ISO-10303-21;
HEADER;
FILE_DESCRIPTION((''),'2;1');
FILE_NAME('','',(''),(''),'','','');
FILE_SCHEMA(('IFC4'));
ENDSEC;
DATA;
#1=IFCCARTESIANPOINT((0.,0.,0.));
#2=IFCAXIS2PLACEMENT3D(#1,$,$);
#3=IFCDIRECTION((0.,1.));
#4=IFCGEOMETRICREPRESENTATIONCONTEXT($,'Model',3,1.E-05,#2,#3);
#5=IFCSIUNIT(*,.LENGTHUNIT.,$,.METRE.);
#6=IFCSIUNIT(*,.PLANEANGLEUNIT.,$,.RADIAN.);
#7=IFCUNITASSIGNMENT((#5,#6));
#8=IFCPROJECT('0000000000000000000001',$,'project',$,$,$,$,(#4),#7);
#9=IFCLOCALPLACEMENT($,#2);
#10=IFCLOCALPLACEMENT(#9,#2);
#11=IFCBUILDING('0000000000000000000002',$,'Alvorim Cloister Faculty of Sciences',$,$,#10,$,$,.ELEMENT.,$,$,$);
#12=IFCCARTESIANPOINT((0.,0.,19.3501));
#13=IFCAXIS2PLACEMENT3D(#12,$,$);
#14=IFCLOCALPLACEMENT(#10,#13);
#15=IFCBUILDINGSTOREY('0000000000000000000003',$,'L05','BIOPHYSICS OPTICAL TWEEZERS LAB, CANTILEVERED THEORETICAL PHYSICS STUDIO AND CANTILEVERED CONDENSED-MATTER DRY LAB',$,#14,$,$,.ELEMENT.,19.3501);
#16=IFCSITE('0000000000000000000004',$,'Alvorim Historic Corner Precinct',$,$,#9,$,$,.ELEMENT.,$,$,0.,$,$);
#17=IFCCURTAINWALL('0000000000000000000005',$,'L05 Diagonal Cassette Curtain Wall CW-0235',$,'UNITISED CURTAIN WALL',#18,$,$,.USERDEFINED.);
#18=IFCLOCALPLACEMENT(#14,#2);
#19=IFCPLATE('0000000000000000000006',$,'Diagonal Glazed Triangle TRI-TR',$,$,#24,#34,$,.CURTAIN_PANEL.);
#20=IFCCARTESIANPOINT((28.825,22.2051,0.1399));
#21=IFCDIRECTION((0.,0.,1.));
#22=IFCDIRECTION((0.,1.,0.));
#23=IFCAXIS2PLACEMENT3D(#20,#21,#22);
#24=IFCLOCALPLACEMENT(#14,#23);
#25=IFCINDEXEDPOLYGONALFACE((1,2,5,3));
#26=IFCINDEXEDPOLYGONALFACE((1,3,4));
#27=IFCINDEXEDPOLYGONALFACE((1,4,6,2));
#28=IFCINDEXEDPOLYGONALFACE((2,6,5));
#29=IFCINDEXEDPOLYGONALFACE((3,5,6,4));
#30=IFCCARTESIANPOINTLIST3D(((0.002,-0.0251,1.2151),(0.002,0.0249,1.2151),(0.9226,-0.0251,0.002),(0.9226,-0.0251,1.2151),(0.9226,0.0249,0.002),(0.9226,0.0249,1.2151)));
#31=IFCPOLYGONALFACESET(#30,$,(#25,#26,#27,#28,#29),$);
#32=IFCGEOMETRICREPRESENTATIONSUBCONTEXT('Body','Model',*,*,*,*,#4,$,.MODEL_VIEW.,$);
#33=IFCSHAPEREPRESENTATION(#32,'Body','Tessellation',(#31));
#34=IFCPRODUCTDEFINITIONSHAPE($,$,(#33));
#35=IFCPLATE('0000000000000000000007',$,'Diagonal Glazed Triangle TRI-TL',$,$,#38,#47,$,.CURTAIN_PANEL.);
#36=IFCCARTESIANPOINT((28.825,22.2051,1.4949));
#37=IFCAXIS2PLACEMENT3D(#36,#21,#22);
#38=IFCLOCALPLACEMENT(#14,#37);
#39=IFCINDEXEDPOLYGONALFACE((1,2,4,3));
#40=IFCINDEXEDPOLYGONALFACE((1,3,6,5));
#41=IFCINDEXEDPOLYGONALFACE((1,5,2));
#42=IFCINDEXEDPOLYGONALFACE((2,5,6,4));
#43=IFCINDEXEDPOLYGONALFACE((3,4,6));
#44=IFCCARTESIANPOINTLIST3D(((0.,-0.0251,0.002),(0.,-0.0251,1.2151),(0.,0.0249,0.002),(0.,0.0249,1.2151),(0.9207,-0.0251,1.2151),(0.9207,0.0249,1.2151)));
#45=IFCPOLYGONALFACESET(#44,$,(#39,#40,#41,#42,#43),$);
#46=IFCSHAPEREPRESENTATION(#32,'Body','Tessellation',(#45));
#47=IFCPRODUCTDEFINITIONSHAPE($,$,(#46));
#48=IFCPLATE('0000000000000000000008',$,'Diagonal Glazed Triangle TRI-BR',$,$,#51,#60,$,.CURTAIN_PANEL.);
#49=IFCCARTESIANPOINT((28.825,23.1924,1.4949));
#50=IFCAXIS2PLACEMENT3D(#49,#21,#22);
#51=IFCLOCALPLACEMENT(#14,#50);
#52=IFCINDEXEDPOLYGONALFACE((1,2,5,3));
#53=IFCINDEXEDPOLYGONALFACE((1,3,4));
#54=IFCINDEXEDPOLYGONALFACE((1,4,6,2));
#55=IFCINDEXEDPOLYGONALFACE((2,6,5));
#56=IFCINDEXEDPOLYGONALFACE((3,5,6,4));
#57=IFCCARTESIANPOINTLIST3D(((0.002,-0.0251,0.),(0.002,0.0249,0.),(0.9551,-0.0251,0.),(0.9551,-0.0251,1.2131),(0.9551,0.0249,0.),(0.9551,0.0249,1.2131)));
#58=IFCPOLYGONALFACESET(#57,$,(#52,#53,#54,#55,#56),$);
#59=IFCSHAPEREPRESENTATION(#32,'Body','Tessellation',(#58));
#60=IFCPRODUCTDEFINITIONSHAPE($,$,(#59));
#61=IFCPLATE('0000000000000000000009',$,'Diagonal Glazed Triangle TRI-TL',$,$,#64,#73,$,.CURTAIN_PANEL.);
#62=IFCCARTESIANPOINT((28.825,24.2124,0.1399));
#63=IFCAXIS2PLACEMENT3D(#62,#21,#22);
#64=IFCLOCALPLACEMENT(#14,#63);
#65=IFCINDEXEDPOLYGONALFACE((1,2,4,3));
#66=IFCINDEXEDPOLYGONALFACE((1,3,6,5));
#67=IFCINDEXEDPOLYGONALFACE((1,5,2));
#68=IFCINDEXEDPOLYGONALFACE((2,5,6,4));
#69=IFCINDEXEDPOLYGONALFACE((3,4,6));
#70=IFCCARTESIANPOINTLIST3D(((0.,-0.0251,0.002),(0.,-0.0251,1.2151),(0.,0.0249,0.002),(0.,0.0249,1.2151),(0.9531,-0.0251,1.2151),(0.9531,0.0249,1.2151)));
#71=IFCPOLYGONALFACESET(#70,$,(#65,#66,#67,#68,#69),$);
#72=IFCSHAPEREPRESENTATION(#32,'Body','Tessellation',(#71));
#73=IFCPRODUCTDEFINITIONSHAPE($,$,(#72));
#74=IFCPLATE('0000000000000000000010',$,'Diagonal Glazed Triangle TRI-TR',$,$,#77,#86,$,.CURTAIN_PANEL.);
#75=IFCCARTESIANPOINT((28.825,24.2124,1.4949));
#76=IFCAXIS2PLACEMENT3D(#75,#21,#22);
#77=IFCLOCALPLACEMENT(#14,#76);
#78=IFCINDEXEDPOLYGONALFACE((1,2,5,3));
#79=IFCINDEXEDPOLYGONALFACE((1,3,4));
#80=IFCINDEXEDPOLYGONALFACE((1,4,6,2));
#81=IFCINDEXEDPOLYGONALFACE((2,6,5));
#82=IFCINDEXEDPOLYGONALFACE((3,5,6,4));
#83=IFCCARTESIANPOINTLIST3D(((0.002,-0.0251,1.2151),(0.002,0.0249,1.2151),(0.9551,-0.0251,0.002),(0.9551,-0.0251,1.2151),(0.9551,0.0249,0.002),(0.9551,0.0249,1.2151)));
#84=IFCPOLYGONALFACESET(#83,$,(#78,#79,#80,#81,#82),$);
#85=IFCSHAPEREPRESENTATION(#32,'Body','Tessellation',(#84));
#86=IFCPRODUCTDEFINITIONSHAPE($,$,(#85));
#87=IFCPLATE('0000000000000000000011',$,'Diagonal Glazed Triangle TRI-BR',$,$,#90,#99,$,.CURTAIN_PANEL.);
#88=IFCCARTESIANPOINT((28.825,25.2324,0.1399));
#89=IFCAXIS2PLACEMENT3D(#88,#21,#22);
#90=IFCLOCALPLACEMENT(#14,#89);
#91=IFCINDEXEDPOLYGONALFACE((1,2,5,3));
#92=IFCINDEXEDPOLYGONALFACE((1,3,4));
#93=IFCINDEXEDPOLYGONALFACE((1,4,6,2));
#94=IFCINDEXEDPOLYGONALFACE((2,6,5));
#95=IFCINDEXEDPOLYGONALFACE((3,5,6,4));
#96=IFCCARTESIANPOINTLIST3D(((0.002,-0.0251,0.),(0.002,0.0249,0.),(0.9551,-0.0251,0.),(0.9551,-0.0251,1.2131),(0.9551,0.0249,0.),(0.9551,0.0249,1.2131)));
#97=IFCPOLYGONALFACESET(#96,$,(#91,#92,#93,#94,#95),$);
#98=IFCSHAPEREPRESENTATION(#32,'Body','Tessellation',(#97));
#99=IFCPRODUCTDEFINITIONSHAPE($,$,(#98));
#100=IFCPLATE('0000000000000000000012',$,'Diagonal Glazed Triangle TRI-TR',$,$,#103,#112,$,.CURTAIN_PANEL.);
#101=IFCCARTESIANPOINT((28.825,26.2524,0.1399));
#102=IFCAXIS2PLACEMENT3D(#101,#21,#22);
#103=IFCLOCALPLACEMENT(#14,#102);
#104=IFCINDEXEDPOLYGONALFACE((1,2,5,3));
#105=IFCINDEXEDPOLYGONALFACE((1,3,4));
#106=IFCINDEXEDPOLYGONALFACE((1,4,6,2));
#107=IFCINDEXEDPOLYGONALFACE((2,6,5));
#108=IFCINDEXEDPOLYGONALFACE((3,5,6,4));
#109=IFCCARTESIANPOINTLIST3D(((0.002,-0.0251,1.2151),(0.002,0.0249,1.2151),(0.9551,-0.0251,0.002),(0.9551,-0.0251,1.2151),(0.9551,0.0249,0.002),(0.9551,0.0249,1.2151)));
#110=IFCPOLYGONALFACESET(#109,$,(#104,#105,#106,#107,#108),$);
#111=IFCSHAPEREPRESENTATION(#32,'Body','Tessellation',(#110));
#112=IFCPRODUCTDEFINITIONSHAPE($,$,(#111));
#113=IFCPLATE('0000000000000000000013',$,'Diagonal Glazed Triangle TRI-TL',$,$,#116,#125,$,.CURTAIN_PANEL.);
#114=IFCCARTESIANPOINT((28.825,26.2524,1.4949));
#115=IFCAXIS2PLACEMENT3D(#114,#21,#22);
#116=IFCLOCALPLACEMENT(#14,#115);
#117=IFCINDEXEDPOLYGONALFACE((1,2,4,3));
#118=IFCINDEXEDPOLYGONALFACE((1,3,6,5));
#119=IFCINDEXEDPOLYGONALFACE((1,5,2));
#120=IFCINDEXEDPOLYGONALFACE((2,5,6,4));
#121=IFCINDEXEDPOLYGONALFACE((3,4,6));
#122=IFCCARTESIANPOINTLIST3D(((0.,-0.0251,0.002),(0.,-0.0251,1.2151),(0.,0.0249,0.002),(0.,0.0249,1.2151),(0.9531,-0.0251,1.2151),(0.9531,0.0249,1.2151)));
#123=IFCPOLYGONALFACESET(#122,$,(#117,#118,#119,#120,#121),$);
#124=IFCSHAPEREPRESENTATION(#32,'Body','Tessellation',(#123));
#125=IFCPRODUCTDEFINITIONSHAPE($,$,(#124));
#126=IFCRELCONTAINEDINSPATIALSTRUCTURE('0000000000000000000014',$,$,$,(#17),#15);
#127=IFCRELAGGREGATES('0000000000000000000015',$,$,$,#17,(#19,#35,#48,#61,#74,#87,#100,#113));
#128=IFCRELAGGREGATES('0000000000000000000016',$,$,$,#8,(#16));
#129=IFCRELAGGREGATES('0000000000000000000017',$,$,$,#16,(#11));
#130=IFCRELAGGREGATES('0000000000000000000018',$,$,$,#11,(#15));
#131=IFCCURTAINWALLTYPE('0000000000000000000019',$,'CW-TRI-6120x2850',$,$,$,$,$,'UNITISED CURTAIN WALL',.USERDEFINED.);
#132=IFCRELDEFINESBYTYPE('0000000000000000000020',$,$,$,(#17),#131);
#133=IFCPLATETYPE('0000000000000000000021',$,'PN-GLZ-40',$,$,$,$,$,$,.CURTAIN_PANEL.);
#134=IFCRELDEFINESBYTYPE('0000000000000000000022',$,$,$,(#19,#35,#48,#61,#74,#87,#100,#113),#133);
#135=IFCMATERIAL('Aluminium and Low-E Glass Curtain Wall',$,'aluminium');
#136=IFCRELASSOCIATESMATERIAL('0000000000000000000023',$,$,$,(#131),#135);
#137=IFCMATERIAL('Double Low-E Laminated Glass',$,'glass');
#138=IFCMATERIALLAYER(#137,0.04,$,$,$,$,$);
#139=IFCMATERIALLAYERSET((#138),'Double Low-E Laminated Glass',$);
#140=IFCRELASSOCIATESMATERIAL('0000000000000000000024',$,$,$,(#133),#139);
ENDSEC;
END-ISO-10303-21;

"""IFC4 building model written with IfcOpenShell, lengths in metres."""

from ifc_helpers import new_model, si_unit, direction, frame, origin, place, context, subcontext, project, spatial, polyline, outline, extrude, material, layer, layer_set, type_object, element, aggregate, save


model = new_model("IFC4")

# Units and contexts
model_context = context("Model", 3, precision=1e-05, world=origin(), true_north=direction((0.0, 1.0)))
body_context = subcontext(model_context, "Body", "Model", "MODEL_VIEW")
ifc_project = project(units=[si_unit("LENGTHUNIT", "METRE"), si_unit("PLANEANGLEUNIT", "RADIAN")], contexts=[model_context])

# Site, building, storey
site_placement = place(None, origin())
site = spatial("IfcSite", under=ifc_project, at=site_placement, Name="Alvorim Historic Corner Precinct", CompositionType="ELEMENT", RefElevation=0.0)
building_placement = place(site_placement, origin())
building = spatial("IfcBuilding", under=site, at=building_placement, Name="Alvorim Cloister Faculty of Sciences", CompositionType="ELEMENT")
storey_placement = place(building_placement, frame((0.0, 0.0, 19.3501)))
storey = spatial("IfcBuildingStorey", under=building, at=storey_placement, Name="L05", Description="BIOPHYSICS OPTICAL TWEEZERS LAB, CANTILEVERED THEORETICAL PHYSICS STUDIO AND CANTILEVERED CONDENSED-MATTER DRY LAB", CompositionType="ELEMENT", Elevation=19.3501)

# Curtain wall, plates
ifc_material_1 = material(Name="Aluminium and Low-E Glass Curtain Wall", Category="aluminium")
curtain_wall_type = type_object("IfcCurtainWallType", Name="CW-TRI-6120x2850", ElementType="UNITISED CURTAIN WALL", PredefinedType="USERDEFINED", material=ifc_material_1)
curtain_wall_placement = place(storey_placement, origin())
curtain_wall = element("IfcCurtainWall", 1, at=curtain_wall_placement, inside=storey, type_object=curtain_wall_type, Name="L05 Diagonal Cassette Curtain Wall CW-0235", ObjectType="UNITISED CURTAIN WALL", PredefinedType="USERDEFINED")
ifc_material_2 = material(Name="Double Low-E Laminated Glass", Category="glass")
ifc_layer = layer(ifc_material_2, 0.04)
ifc_layer_set = layer_set([ifc_layer], Name="Double Low-E Laminated Glass")
plate_type = type_object("IfcPlateType", Name="PN-GLZ-40", PredefinedType="CURTAIN_PANEL", material=ifc_layer_set)
plate_1_placement = place(storey_placement, frame((28.825, 22.2051, 0.1399), z_axis=(0.0, 0.0, 1.0), x_axis=(0.0, 1.0, 0.0)))
plate_1 = element("IfcPlate", 2, at=plate_1_placement, type_object=plate_type, Name="Diagonal Glazed Triangle TRI-TR", PredefinedType="CURTAIN_PANEL", context=body_context, shape_type="SweptSolid", body=[
    extrude(outline(polyline([(0.9226, 0.002), (0.9226, 1.2151), (0.002, 1.2151), (0.9226, 0.002)])), frame((0.0, 0.0249, 0.0), z_axis=(0.0, -1.0, 0.0), x_axis=(1.0, 0.0, 0.0)), (0.0, 0.0, 1.0), 0.05),
])
plate_2_placement = place(storey_placement, frame((28.825, 22.2051, 1.4949), z_axis=(0.0, 0.0, 1.0), x_axis=(0.0, 1.0, 0.0)))
plate_2 = element("IfcPlate", 3, at=plate_2_placement, type_object=plate_type, Name="Diagonal Glazed Triangle TRI-TL", PredefinedType="CURTAIN_PANEL", context=body_context, shape_type="SweptSolid", body=[
    extrude(outline(polyline([(0.9207, 1.2151), (0.0, 1.2151), (0.0, 0.002), (0.9207, 1.2151)])), frame((0.0, 0.0249, 0.0), z_axis=(0.0, -1.0, 0.0), x_axis=(1.0, 0.0, 0.0)), (0.0, 0.0, 1.0), 0.05),
])
plate_3_placement = place(storey_placement, frame((28.825, 23.1924, 1.4949), z_axis=(0.0, 0.0, 1.0), x_axis=(0.0, 1.0, 0.0)))
plate_3 = element("IfcPlate", 4, at=plate_3_placement, type_object=plate_type, Name="Diagonal Glazed Triangle TRI-BR", PredefinedType="CURTAIN_PANEL", context=body_context, shape_type="SweptSolid", body=[
    extrude(outline(polyline([(0.002, 0.0), (0.9551, 0.0), (0.9551, 1.2131), (0.002, 0.0)])), frame((0.0, 0.0249, 0.0), z_axis=(0.0, -1.0, 0.0), x_axis=(1.0, 0.0, 0.0)), (0.0, 0.0, 1.0), 0.05),
])
plate_4_placement = place(storey_placement, frame((28.825, 24.2124, 0.1399), z_axis=(0.0, 0.0, 1.0), x_axis=(0.0, 1.0, 0.0)))
plate_4 = element("IfcPlate", 5, at=plate_4_placement, type_object=plate_type, Name="Diagonal Glazed Triangle TRI-TL", PredefinedType="CURTAIN_PANEL", context=body_context, shape_type="SweptSolid", body=[
    extrude(outline(polyline([(0.9531, 1.2151), (0.0, 1.2151), (0.0, 0.002), (0.9531, 1.2151)])), frame((0.0, 0.0249, 0.0), z_axis=(0.0, -1.0, 0.0), x_axis=(1.0, 0.0, 0.0)), (0.0, 0.0, 1.0), 0.05),
])
plate_5_placement = place(storey_placement, frame((28.825, 24.2124, 1.4949), z_axis=(0.0, 0.0, 1.0), x_axis=(0.0, 1.0, 0.0)))
plate_5 = element("IfcPlate", 6, at=plate_5_placement, type_object=plate_type, Name="Diagonal Glazed Triangle TRI-TR", PredefinedType="CURTAIN_PANEL", context=body_context, shape_type="SweptSolid", body=[
    extrude(outline(polyline([(0.9551, 0.002), (0.9551, 1.2151), (0.002, 1.2151), (0.9551, 0.002)])), frame((0.0, 0.0249, 0.0), z_axis=(0.0, -1.0, 0.0), x_axis=(1.0, 0.0, 0.0)), (0.0, 0.0, 1.0), 0.05),
])
plate_6_placement = place(storey_placement, frame((28.825, 25.2324, 0.1399), z_axis=(0.0, 0.0, 1.0), x_axis=(0.0, 1.0, 0.0)))
plate_6 = element("IfcPlate", 7, at=plate_6_placement, type_object=plate_type, Name="Diagonal Glazed Triangle TRI-BR", PredefinedType="CURTAIN_PANEL", context=body_context, shape_type="SweptSolid", body=[
    extrude(outline(polyline([(0.002, 0.0), (0.9551, 0.0), (0.9551, 1.2131), (0.002, 0.0)])), frame((0.0, 0.0249, 0.0), z_axis=(0.0, -1.0, 0.0), x_axis=(1.0, 0.0, 0.0)), (0.0, 0.0, 1.0), 0.05),
])
plate_7_placement = place(storey_placement, frame((28.825, 26.2524, 0.1399), z_axis=(0.0, 0.0, 1.0), x_axis=(0.0, 1.0, 0.0)))
plate_7 = element("IfcPlate", 8, at=plate_7_placement, type_object=plate_type, Name="Diagonal Glazed Triangle TRI-TR", PredefinedType="CURTAIN_PANEL", context=body_context, shape_type="SweptSolid", body=[
    extrude(outline(polyline([(0.9551, 0.002), (0.9551, 1.2151), (0.002, 1.2151), (0.9551, 0.002)])), frame((0.0, 0.0249, 0.0), z_axis=(0.0, -1.0, 0.0), x_axis=(1.0, 0.0, 0.0)), (0.0, 0.0, 1.0), 0.05),
])
plate_8_placement = place(storey_placement, frame((28.825, 26.2524, 1.4949), z_axis=(0.0, 0.0, 1.0), x_axis=(0.0, 1.0, 0.0)))
plate_8 = element("IfcPlate", 9, at=plate_8_placement, type_object=plate_type, Name="Diagonal Glazed Triangle TRI-TL", PredefinedType="CURTAIN_PANEL", context=body_context, shape_type="SweptSolid", body=[
    extrude(outline(polyline([(0.9531, 1.2151), (0.0, 1.2151), (0.0, 0.002), (0.9531, 1.2151)])), frame((0.0, 0.0249, 0.0), z_axis=(0.0, -1.0, 0.0), x_axis=(1.0, 0.0, 0.0)), (0.0, 0.0, 1.0), 0.05),
])
aggregate(curtain_wall, [plate_1, plate_2, plate_3, plate_4, plate_5, plate_6, plate_7, plate_8])

save(model, "model.ifc")
